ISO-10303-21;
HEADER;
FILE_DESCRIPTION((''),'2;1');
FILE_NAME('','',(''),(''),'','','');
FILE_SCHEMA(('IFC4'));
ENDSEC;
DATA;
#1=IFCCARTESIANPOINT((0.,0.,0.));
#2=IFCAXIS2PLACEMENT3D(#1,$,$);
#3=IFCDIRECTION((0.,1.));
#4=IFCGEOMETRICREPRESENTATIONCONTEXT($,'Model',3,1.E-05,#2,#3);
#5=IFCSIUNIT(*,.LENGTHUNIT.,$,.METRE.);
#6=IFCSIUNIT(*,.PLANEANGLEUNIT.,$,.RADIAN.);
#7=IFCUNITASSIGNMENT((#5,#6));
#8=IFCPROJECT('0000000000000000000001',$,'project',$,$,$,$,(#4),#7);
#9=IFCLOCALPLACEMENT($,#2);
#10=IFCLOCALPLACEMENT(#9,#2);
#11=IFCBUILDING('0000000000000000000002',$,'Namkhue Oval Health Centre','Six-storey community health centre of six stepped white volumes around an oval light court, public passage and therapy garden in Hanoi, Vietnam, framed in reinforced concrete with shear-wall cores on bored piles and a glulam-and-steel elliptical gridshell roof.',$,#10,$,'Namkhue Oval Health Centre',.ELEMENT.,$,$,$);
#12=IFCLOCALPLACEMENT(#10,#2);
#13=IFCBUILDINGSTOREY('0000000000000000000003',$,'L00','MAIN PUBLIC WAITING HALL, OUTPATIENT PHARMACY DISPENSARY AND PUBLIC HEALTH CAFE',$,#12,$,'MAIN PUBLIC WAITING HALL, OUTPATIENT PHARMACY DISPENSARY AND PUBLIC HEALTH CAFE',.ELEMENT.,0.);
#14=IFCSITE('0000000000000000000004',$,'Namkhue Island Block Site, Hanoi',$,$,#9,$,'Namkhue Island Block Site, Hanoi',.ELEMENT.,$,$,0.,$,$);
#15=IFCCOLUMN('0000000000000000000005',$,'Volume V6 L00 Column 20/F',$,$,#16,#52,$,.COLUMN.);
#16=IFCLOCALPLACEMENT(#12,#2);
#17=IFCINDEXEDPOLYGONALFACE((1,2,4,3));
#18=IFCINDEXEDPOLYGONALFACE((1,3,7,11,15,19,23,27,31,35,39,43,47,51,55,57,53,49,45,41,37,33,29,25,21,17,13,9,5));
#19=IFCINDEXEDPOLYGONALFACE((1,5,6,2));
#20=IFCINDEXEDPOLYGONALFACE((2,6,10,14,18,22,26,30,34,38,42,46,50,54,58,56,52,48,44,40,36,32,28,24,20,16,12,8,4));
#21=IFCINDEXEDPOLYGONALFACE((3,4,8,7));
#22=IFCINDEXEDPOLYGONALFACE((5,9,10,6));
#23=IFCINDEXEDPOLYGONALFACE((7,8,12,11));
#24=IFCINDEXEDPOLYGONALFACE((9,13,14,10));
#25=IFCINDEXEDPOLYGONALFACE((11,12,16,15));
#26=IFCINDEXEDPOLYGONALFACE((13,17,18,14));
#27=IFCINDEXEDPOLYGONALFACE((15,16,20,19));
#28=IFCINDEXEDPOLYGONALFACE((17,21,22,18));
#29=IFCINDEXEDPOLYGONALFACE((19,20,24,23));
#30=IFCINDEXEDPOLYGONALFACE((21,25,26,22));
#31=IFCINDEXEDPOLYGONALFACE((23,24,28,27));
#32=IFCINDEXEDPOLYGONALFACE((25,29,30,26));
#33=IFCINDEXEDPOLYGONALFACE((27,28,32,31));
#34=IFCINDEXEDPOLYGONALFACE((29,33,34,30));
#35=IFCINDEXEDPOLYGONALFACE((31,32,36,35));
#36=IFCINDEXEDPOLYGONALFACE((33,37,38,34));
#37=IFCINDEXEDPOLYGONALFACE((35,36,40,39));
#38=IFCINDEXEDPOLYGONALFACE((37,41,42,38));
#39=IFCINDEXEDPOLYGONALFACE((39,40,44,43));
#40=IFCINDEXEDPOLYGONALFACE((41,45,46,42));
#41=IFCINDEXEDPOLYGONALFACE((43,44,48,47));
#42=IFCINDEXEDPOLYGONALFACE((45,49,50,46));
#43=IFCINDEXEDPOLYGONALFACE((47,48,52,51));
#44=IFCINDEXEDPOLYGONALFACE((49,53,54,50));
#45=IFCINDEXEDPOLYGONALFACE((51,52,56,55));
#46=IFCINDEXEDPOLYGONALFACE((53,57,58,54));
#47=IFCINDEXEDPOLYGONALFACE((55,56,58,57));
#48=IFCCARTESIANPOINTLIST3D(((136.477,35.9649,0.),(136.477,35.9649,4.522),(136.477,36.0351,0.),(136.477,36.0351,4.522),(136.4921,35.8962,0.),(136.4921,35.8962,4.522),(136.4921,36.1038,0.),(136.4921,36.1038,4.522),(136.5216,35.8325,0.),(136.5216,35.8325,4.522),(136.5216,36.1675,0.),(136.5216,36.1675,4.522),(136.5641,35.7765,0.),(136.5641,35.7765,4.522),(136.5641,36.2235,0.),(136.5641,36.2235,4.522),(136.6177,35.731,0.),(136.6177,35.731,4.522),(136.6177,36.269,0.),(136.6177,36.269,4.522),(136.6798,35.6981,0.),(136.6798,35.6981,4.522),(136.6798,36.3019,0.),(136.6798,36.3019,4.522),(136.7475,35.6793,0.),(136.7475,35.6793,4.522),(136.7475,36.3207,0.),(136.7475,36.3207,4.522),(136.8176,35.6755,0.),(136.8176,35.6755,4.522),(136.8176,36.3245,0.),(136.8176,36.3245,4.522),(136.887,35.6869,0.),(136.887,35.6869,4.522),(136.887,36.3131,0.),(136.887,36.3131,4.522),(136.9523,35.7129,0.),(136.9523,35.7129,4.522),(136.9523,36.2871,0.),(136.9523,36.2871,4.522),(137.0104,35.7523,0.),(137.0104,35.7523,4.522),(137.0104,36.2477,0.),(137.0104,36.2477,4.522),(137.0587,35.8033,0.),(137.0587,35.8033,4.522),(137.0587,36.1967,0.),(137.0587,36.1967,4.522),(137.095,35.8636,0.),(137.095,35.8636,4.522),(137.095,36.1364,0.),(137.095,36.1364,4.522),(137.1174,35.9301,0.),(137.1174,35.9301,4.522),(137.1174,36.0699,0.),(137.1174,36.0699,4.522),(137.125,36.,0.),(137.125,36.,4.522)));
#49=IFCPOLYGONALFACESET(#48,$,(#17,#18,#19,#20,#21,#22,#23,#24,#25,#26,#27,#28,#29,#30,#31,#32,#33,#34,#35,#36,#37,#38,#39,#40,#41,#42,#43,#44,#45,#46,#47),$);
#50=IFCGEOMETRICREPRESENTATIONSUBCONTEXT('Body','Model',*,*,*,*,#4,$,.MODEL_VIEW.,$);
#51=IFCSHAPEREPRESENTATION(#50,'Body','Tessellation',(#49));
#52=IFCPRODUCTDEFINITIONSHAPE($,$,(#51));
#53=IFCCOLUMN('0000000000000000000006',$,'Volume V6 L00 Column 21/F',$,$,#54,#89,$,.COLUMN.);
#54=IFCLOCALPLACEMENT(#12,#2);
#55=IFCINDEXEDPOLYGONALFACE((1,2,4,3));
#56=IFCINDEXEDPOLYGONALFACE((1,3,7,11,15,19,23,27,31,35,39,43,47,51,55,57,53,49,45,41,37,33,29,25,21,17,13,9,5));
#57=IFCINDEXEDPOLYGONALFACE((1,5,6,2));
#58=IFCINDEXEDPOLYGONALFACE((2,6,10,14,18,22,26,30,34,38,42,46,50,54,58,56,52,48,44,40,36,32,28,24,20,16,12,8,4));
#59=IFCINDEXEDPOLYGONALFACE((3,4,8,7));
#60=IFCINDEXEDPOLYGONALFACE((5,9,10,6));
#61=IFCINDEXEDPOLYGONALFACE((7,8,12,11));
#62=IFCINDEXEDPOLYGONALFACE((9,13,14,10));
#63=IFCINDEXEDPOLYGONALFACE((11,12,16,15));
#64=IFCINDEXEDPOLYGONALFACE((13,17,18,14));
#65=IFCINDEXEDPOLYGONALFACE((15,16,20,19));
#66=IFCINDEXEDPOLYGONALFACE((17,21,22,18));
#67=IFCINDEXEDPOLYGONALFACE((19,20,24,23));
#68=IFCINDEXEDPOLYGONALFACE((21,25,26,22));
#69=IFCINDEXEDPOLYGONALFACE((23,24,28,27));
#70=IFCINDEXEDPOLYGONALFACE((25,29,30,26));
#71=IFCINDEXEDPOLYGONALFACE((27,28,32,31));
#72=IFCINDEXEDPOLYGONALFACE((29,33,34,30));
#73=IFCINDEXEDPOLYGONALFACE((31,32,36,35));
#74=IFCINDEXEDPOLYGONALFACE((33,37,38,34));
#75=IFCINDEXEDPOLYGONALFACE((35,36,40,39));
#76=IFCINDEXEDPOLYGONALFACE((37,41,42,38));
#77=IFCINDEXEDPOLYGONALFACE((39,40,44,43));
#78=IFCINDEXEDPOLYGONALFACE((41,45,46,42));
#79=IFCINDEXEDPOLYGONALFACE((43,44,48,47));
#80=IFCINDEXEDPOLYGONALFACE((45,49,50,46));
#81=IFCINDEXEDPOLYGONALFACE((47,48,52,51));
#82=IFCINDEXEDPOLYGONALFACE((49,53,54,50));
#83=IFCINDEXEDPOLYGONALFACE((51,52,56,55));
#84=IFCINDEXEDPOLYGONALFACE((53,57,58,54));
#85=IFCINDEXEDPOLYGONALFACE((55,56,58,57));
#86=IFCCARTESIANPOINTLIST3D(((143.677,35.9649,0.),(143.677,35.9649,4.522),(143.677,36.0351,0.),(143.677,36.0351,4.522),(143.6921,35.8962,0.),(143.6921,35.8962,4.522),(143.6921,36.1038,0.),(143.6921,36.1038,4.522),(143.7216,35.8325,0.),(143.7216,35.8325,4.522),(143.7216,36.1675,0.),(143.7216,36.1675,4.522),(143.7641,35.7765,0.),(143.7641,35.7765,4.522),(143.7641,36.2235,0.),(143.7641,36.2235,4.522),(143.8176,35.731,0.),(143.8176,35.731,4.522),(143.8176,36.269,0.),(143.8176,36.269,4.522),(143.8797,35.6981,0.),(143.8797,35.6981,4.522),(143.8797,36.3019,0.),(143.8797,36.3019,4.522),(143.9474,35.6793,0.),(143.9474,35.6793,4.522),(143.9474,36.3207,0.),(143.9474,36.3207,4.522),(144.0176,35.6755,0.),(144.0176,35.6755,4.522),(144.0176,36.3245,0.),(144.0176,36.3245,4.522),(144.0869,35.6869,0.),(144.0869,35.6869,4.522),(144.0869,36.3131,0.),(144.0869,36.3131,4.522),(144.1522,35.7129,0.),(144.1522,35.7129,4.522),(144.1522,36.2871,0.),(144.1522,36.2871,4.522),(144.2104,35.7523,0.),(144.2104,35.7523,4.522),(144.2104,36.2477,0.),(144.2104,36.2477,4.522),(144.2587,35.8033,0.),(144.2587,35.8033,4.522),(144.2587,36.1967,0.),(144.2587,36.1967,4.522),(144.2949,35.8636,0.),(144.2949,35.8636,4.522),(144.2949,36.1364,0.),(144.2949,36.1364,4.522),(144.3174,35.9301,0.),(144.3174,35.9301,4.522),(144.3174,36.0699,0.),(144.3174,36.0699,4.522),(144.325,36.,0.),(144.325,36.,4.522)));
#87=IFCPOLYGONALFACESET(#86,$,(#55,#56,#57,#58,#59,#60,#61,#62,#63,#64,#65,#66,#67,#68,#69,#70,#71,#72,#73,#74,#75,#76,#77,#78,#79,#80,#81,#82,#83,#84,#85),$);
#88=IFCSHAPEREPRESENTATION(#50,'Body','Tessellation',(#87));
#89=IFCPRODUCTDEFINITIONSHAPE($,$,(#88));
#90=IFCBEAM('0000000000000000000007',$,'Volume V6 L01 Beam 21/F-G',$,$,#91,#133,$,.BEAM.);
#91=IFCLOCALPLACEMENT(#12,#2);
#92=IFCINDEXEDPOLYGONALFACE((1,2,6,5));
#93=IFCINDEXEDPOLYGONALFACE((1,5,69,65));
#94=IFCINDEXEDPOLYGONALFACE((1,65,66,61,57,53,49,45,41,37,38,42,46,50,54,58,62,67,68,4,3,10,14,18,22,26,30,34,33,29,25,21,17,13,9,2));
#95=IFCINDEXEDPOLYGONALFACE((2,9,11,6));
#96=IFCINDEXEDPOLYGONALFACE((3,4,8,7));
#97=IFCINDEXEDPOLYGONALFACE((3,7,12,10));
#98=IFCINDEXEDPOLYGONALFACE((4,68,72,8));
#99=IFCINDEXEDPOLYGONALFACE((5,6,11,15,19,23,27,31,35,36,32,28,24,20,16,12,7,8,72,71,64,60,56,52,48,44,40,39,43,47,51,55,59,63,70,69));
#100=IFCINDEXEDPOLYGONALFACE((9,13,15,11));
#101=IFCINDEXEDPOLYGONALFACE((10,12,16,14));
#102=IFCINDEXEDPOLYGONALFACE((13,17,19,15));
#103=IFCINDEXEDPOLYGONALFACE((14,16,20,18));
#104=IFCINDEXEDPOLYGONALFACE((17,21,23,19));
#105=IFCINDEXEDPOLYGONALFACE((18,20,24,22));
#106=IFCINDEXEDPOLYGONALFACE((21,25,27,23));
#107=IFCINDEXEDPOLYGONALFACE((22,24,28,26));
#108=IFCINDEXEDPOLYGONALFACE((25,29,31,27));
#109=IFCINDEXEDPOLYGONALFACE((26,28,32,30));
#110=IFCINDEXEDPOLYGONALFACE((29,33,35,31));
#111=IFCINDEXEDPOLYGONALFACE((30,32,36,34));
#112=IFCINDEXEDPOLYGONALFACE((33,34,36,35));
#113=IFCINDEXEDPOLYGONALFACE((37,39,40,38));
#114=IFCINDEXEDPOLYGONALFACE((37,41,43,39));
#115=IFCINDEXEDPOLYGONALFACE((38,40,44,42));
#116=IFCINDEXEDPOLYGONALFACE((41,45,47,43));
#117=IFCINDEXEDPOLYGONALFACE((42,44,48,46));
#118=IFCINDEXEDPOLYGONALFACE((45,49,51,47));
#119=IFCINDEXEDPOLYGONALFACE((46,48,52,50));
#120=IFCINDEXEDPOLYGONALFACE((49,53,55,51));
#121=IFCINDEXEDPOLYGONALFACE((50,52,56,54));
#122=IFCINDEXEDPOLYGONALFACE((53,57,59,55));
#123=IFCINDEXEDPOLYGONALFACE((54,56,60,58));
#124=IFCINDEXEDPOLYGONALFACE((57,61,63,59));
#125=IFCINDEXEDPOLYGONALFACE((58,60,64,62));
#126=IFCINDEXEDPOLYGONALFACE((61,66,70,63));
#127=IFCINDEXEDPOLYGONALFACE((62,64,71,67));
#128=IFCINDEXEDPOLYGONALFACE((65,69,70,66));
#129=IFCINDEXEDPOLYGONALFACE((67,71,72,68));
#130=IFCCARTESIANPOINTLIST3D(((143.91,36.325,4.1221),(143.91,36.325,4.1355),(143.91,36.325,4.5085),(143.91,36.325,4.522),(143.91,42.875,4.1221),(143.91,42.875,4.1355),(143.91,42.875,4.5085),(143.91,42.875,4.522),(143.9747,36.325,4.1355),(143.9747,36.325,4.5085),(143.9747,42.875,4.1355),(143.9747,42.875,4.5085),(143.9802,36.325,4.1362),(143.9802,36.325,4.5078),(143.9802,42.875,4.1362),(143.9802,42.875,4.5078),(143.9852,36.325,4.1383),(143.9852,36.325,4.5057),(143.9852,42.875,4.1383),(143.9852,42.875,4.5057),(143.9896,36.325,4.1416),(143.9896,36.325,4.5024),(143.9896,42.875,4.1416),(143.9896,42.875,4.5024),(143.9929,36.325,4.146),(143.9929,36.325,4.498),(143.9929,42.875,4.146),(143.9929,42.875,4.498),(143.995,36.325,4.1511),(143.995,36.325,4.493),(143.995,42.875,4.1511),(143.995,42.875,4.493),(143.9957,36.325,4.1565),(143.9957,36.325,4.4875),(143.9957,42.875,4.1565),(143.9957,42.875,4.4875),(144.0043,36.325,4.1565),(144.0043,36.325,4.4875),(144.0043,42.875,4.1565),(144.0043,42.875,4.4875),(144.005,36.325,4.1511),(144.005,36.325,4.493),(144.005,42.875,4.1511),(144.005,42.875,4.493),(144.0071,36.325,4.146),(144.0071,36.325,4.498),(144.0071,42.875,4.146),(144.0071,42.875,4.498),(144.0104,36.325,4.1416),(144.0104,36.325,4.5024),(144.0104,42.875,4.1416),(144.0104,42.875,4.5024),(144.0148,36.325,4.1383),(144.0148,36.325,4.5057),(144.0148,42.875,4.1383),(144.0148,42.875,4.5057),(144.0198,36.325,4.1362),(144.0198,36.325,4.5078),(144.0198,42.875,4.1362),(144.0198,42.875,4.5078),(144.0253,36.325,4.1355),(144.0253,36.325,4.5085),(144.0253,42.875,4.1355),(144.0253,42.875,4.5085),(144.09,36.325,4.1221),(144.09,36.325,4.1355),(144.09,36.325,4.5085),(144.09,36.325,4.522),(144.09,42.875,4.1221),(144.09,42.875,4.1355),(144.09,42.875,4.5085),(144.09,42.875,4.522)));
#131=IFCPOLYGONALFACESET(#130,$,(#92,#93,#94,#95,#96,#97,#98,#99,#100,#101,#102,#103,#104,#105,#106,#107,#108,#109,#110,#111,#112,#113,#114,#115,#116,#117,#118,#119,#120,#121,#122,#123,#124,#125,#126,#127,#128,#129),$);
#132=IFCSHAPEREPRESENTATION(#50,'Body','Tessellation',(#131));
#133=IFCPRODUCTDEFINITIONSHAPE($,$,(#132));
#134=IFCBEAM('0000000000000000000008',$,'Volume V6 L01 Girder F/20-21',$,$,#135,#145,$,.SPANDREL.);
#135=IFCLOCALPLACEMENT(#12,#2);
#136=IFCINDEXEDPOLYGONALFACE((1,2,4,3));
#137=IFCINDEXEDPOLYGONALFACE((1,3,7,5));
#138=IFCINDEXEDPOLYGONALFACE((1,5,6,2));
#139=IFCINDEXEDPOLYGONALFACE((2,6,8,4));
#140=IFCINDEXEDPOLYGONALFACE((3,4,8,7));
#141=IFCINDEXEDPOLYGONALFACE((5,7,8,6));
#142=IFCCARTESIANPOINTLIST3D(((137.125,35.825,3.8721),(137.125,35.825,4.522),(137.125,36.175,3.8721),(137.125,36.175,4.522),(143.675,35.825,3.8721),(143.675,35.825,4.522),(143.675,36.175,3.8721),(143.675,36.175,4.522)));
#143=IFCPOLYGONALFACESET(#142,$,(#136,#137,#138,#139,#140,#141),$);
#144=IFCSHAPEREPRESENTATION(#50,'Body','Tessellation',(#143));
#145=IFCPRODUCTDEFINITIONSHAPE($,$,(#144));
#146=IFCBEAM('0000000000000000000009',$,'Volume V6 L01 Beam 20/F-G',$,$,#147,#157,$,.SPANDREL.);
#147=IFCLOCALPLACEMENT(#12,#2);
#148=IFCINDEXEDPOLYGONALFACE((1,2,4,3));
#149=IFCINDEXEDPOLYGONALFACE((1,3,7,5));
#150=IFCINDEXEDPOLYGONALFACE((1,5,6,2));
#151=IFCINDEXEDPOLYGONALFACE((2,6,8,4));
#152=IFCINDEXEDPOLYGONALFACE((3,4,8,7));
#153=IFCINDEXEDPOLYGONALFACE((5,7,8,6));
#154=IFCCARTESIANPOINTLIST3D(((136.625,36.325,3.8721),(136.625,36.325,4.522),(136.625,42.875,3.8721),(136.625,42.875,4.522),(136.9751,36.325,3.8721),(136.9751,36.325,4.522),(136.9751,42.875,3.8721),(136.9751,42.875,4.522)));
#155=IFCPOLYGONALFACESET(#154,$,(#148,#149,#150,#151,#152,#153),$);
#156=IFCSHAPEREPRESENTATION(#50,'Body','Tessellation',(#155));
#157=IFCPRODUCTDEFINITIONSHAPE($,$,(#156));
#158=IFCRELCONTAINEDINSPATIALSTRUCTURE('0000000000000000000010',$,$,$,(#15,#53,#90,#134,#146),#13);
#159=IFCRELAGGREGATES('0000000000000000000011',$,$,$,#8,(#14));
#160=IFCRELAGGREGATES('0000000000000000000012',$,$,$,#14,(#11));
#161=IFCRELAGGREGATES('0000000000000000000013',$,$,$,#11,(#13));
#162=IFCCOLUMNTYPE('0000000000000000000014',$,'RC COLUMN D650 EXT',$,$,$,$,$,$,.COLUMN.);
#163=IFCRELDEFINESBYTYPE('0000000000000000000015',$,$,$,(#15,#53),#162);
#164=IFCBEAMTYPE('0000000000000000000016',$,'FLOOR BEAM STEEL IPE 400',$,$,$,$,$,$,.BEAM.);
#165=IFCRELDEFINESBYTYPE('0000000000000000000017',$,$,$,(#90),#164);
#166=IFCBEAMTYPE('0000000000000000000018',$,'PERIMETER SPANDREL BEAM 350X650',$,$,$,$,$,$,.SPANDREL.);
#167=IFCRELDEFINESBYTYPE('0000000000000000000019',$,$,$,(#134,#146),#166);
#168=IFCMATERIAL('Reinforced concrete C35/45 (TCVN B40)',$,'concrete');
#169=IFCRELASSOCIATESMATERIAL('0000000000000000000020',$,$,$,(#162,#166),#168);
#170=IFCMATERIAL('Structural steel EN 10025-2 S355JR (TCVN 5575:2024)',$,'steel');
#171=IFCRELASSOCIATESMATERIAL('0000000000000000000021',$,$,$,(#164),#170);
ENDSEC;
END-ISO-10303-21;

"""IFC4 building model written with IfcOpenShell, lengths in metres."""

from ifc_helpers import new_model, si_unit, direction, frame, origin, origin_2d, place, context, subcontext, project, spatial, rectangle, circle, i_section, extrude, material, material_profile, profile_set, type_object, element, save


model = new_model("IFC4")

# Units and contexts
model_context = context("Model", 3, precision=1e-05, world=origin(), true_north=direction((0.0, 1.0)))
body_context = subcontext(model_context, "Body", "Model", "MODEL_VIEW")
ifc_project = project(units=[si_unit("LENGTHUNIT", "METRE"), si_unit("PLANEANGLEUNIT", "RADIAN")], contexts=[model_context])

# Site, building, storey
site_placement = place(None, origin())
site = spatial("IfcSite", under=ifc_project, at=site_placement, Name="Namkhue Island Block Site, Hanoi", LongName="Namkhue Island Block Site, Hanoi", CompositionType="ELEMENT", RefElevation=0.0)
building_placement = place(site_placement, origin())
building = spatial("IfcBuilding", under=site, at=building_placement, Name="Namkhue Oval Health Centre", Description="Six-storey community health centre of six stepped white volumes around an oval light court, public passage and therapy garden in Hanoi, Vietnam, framed in reinforced concrete with shear-wall cores on bored piles and a glulam-and-steel elliptical gridshell roof.", LongName="Namkhue Oval Health Centre", CompositionType="ELEMENT")
storey_placement = place(building_placement, origin())
storey = spatial("IfcBuildingStorey", under=building, at=storey_placement, Name="L00", Description="MAIN PUBLIC WAITING HALL, OUTPATIENT PHARMACY DISPENSARY AND PUBLIC HEALTH CAFE", LongName="MAIN PUBLIC WAITING HALL, OUTPATIENT PHARMACY DISPENSARY AND PUBLIC HEALTH CAFE", CompositionType="ELEMENT", Elevation=0.0)

# Columns
ifc_material_1 = material(Name="Reinforced concrete C35/45 (TCVN B40)", Category="concrete")
ifc_material_profile_1 = material_profile(ifc_material_1, circle(Radius=0.325, at=origin_2d()), Name="RC D650")
ifc_profile_set_1 = profile_set([ifc_material_profile_1], Name="Reinforced concrete C35/45 (TCVN B40)")
column_type_1 = type_object("IfcColumnType", Name="RC COLUMN D650 EXT", PredefinedType="COLUMN", material=ifc_profile_set_1)
for number, where, z_axis, x_axis, name in (
    (1, (136.8, 36.0, 0.0), (0.0, 0.0, 1.0), (1.0, 0.0, 0.0), "Volume V6 L00 Column 20/F"),
    (2, (144.0, 36.0, 0.0), (0.0, 0.0, 1.0), (1.0, 0.0, 0.0), "Volume V6 L00 Column 21/F"),
):
    element("IfcColumn", number, at=place(storey_placement, frame(where, z_axis=z_axis, x_axis=x_axis)), inside=storey, type_object=column_type_1, Name=name, PredefinedType="COLUMN", context=body_context, shape_type="SweptSolid", body=[
        extrude(circle(Radius=0.325, at=origin_2d()), origin(), (0.0, 0.0, 1.0), 4.522),
    ])

# Beams
ifc_material_2 = material(Name="Structural steel EN 10025-2 S355JR (TCVN 5575:2024)", Category="steel")
ifc_material_profile_2 = material_profile(ifc_material_2, i_section(OverallWidth=0.1799, OverallDepth=0.3999, WebThickness=0.0085, FlangeThickness=0.0134, FilletRadius=0.021, at=origin_2d()), Name="IPE 400")
ifc_profile_set_2 = profile_set([ifc_material_profile_2], Name="Structural steel EN 10025-2 S355JR (TCVN 5575:2024)")
beam_type_1 = type_object("IfcBeamType", Name="FLOOR BEAM STEEL IPE 400", PredefinedType="BEAM", material=ifc_profile_set_2)
beam_1_placement = place(storey_placement, frame((144.0, 36.325, 4.322), z_axis=(0.0, 1.0, 0.0), x_axis=(-1.0, 0.0, 0.0)))
element("IfcBeam", 3, at=beam_1_placement, inside=storey, type_object=beam_type_1, Name="Volume V6 L01 Beam 21/F-G", PredefinedType="BEAM", context=body_context, shape_type="SweptSolid", body=[
    extrude(i_section(OverallWidth=0.1799, OverallDepth=0.3999, WebThickness=0.0085, FlangeThickness=0.0134, FilletRadius=0.021, at=origin_2d()), origin(), (0.0, 0.0, 1.0), 6.55),
])
ifc_material_profile_3 = material_profile(ifc_material_1, rectangle(XDim=0.3501, YDim=0.6499, at=origin_2d()), Name="RC 350x650")
ifc_profile_set_3 = profile_set([ifc_material_profile_3], Name="Reinforced concrete C35/45 (TCVN B40)")
beam_type_2 = type_object("IfcBeamType", Name="PERIMETER SPANDREL BEAM 350X650", PredefinedType="SPANDREL", material=ifc_profile_set_3)
for number, where, z_axis, x_axis, name in (
    (4, (137.125, 36.0, 4.197), (1.0, 0.0, 0.0), (0.0, 1.0, 0.0), "Volume V6 L01 Girder F/20-21"),
    (5, (136.8, 36.325, 4.197), (0.0, 1.0, 0.0), (-1.0, 0.0, 0.0), "Volume V6 L01 Beam 20/F-G"),
):
    element("IfcBeam", number, at=place(storey_placement, frame(where, z_axis=z_axis, x_axis=x_axis)), inside=storey, type_object=beam_type_2, Name=name, PredefinedType="SPANDREL", context=body_context, shape_type="SweptSolid", body=[
        extrude(rectangle(XDim=0.3501, YDim=0.6499, at=origin_2d()), origin(), (0.0, 0.0, 1.0), 6.55),
    ])

save(model, "model.ifc")
